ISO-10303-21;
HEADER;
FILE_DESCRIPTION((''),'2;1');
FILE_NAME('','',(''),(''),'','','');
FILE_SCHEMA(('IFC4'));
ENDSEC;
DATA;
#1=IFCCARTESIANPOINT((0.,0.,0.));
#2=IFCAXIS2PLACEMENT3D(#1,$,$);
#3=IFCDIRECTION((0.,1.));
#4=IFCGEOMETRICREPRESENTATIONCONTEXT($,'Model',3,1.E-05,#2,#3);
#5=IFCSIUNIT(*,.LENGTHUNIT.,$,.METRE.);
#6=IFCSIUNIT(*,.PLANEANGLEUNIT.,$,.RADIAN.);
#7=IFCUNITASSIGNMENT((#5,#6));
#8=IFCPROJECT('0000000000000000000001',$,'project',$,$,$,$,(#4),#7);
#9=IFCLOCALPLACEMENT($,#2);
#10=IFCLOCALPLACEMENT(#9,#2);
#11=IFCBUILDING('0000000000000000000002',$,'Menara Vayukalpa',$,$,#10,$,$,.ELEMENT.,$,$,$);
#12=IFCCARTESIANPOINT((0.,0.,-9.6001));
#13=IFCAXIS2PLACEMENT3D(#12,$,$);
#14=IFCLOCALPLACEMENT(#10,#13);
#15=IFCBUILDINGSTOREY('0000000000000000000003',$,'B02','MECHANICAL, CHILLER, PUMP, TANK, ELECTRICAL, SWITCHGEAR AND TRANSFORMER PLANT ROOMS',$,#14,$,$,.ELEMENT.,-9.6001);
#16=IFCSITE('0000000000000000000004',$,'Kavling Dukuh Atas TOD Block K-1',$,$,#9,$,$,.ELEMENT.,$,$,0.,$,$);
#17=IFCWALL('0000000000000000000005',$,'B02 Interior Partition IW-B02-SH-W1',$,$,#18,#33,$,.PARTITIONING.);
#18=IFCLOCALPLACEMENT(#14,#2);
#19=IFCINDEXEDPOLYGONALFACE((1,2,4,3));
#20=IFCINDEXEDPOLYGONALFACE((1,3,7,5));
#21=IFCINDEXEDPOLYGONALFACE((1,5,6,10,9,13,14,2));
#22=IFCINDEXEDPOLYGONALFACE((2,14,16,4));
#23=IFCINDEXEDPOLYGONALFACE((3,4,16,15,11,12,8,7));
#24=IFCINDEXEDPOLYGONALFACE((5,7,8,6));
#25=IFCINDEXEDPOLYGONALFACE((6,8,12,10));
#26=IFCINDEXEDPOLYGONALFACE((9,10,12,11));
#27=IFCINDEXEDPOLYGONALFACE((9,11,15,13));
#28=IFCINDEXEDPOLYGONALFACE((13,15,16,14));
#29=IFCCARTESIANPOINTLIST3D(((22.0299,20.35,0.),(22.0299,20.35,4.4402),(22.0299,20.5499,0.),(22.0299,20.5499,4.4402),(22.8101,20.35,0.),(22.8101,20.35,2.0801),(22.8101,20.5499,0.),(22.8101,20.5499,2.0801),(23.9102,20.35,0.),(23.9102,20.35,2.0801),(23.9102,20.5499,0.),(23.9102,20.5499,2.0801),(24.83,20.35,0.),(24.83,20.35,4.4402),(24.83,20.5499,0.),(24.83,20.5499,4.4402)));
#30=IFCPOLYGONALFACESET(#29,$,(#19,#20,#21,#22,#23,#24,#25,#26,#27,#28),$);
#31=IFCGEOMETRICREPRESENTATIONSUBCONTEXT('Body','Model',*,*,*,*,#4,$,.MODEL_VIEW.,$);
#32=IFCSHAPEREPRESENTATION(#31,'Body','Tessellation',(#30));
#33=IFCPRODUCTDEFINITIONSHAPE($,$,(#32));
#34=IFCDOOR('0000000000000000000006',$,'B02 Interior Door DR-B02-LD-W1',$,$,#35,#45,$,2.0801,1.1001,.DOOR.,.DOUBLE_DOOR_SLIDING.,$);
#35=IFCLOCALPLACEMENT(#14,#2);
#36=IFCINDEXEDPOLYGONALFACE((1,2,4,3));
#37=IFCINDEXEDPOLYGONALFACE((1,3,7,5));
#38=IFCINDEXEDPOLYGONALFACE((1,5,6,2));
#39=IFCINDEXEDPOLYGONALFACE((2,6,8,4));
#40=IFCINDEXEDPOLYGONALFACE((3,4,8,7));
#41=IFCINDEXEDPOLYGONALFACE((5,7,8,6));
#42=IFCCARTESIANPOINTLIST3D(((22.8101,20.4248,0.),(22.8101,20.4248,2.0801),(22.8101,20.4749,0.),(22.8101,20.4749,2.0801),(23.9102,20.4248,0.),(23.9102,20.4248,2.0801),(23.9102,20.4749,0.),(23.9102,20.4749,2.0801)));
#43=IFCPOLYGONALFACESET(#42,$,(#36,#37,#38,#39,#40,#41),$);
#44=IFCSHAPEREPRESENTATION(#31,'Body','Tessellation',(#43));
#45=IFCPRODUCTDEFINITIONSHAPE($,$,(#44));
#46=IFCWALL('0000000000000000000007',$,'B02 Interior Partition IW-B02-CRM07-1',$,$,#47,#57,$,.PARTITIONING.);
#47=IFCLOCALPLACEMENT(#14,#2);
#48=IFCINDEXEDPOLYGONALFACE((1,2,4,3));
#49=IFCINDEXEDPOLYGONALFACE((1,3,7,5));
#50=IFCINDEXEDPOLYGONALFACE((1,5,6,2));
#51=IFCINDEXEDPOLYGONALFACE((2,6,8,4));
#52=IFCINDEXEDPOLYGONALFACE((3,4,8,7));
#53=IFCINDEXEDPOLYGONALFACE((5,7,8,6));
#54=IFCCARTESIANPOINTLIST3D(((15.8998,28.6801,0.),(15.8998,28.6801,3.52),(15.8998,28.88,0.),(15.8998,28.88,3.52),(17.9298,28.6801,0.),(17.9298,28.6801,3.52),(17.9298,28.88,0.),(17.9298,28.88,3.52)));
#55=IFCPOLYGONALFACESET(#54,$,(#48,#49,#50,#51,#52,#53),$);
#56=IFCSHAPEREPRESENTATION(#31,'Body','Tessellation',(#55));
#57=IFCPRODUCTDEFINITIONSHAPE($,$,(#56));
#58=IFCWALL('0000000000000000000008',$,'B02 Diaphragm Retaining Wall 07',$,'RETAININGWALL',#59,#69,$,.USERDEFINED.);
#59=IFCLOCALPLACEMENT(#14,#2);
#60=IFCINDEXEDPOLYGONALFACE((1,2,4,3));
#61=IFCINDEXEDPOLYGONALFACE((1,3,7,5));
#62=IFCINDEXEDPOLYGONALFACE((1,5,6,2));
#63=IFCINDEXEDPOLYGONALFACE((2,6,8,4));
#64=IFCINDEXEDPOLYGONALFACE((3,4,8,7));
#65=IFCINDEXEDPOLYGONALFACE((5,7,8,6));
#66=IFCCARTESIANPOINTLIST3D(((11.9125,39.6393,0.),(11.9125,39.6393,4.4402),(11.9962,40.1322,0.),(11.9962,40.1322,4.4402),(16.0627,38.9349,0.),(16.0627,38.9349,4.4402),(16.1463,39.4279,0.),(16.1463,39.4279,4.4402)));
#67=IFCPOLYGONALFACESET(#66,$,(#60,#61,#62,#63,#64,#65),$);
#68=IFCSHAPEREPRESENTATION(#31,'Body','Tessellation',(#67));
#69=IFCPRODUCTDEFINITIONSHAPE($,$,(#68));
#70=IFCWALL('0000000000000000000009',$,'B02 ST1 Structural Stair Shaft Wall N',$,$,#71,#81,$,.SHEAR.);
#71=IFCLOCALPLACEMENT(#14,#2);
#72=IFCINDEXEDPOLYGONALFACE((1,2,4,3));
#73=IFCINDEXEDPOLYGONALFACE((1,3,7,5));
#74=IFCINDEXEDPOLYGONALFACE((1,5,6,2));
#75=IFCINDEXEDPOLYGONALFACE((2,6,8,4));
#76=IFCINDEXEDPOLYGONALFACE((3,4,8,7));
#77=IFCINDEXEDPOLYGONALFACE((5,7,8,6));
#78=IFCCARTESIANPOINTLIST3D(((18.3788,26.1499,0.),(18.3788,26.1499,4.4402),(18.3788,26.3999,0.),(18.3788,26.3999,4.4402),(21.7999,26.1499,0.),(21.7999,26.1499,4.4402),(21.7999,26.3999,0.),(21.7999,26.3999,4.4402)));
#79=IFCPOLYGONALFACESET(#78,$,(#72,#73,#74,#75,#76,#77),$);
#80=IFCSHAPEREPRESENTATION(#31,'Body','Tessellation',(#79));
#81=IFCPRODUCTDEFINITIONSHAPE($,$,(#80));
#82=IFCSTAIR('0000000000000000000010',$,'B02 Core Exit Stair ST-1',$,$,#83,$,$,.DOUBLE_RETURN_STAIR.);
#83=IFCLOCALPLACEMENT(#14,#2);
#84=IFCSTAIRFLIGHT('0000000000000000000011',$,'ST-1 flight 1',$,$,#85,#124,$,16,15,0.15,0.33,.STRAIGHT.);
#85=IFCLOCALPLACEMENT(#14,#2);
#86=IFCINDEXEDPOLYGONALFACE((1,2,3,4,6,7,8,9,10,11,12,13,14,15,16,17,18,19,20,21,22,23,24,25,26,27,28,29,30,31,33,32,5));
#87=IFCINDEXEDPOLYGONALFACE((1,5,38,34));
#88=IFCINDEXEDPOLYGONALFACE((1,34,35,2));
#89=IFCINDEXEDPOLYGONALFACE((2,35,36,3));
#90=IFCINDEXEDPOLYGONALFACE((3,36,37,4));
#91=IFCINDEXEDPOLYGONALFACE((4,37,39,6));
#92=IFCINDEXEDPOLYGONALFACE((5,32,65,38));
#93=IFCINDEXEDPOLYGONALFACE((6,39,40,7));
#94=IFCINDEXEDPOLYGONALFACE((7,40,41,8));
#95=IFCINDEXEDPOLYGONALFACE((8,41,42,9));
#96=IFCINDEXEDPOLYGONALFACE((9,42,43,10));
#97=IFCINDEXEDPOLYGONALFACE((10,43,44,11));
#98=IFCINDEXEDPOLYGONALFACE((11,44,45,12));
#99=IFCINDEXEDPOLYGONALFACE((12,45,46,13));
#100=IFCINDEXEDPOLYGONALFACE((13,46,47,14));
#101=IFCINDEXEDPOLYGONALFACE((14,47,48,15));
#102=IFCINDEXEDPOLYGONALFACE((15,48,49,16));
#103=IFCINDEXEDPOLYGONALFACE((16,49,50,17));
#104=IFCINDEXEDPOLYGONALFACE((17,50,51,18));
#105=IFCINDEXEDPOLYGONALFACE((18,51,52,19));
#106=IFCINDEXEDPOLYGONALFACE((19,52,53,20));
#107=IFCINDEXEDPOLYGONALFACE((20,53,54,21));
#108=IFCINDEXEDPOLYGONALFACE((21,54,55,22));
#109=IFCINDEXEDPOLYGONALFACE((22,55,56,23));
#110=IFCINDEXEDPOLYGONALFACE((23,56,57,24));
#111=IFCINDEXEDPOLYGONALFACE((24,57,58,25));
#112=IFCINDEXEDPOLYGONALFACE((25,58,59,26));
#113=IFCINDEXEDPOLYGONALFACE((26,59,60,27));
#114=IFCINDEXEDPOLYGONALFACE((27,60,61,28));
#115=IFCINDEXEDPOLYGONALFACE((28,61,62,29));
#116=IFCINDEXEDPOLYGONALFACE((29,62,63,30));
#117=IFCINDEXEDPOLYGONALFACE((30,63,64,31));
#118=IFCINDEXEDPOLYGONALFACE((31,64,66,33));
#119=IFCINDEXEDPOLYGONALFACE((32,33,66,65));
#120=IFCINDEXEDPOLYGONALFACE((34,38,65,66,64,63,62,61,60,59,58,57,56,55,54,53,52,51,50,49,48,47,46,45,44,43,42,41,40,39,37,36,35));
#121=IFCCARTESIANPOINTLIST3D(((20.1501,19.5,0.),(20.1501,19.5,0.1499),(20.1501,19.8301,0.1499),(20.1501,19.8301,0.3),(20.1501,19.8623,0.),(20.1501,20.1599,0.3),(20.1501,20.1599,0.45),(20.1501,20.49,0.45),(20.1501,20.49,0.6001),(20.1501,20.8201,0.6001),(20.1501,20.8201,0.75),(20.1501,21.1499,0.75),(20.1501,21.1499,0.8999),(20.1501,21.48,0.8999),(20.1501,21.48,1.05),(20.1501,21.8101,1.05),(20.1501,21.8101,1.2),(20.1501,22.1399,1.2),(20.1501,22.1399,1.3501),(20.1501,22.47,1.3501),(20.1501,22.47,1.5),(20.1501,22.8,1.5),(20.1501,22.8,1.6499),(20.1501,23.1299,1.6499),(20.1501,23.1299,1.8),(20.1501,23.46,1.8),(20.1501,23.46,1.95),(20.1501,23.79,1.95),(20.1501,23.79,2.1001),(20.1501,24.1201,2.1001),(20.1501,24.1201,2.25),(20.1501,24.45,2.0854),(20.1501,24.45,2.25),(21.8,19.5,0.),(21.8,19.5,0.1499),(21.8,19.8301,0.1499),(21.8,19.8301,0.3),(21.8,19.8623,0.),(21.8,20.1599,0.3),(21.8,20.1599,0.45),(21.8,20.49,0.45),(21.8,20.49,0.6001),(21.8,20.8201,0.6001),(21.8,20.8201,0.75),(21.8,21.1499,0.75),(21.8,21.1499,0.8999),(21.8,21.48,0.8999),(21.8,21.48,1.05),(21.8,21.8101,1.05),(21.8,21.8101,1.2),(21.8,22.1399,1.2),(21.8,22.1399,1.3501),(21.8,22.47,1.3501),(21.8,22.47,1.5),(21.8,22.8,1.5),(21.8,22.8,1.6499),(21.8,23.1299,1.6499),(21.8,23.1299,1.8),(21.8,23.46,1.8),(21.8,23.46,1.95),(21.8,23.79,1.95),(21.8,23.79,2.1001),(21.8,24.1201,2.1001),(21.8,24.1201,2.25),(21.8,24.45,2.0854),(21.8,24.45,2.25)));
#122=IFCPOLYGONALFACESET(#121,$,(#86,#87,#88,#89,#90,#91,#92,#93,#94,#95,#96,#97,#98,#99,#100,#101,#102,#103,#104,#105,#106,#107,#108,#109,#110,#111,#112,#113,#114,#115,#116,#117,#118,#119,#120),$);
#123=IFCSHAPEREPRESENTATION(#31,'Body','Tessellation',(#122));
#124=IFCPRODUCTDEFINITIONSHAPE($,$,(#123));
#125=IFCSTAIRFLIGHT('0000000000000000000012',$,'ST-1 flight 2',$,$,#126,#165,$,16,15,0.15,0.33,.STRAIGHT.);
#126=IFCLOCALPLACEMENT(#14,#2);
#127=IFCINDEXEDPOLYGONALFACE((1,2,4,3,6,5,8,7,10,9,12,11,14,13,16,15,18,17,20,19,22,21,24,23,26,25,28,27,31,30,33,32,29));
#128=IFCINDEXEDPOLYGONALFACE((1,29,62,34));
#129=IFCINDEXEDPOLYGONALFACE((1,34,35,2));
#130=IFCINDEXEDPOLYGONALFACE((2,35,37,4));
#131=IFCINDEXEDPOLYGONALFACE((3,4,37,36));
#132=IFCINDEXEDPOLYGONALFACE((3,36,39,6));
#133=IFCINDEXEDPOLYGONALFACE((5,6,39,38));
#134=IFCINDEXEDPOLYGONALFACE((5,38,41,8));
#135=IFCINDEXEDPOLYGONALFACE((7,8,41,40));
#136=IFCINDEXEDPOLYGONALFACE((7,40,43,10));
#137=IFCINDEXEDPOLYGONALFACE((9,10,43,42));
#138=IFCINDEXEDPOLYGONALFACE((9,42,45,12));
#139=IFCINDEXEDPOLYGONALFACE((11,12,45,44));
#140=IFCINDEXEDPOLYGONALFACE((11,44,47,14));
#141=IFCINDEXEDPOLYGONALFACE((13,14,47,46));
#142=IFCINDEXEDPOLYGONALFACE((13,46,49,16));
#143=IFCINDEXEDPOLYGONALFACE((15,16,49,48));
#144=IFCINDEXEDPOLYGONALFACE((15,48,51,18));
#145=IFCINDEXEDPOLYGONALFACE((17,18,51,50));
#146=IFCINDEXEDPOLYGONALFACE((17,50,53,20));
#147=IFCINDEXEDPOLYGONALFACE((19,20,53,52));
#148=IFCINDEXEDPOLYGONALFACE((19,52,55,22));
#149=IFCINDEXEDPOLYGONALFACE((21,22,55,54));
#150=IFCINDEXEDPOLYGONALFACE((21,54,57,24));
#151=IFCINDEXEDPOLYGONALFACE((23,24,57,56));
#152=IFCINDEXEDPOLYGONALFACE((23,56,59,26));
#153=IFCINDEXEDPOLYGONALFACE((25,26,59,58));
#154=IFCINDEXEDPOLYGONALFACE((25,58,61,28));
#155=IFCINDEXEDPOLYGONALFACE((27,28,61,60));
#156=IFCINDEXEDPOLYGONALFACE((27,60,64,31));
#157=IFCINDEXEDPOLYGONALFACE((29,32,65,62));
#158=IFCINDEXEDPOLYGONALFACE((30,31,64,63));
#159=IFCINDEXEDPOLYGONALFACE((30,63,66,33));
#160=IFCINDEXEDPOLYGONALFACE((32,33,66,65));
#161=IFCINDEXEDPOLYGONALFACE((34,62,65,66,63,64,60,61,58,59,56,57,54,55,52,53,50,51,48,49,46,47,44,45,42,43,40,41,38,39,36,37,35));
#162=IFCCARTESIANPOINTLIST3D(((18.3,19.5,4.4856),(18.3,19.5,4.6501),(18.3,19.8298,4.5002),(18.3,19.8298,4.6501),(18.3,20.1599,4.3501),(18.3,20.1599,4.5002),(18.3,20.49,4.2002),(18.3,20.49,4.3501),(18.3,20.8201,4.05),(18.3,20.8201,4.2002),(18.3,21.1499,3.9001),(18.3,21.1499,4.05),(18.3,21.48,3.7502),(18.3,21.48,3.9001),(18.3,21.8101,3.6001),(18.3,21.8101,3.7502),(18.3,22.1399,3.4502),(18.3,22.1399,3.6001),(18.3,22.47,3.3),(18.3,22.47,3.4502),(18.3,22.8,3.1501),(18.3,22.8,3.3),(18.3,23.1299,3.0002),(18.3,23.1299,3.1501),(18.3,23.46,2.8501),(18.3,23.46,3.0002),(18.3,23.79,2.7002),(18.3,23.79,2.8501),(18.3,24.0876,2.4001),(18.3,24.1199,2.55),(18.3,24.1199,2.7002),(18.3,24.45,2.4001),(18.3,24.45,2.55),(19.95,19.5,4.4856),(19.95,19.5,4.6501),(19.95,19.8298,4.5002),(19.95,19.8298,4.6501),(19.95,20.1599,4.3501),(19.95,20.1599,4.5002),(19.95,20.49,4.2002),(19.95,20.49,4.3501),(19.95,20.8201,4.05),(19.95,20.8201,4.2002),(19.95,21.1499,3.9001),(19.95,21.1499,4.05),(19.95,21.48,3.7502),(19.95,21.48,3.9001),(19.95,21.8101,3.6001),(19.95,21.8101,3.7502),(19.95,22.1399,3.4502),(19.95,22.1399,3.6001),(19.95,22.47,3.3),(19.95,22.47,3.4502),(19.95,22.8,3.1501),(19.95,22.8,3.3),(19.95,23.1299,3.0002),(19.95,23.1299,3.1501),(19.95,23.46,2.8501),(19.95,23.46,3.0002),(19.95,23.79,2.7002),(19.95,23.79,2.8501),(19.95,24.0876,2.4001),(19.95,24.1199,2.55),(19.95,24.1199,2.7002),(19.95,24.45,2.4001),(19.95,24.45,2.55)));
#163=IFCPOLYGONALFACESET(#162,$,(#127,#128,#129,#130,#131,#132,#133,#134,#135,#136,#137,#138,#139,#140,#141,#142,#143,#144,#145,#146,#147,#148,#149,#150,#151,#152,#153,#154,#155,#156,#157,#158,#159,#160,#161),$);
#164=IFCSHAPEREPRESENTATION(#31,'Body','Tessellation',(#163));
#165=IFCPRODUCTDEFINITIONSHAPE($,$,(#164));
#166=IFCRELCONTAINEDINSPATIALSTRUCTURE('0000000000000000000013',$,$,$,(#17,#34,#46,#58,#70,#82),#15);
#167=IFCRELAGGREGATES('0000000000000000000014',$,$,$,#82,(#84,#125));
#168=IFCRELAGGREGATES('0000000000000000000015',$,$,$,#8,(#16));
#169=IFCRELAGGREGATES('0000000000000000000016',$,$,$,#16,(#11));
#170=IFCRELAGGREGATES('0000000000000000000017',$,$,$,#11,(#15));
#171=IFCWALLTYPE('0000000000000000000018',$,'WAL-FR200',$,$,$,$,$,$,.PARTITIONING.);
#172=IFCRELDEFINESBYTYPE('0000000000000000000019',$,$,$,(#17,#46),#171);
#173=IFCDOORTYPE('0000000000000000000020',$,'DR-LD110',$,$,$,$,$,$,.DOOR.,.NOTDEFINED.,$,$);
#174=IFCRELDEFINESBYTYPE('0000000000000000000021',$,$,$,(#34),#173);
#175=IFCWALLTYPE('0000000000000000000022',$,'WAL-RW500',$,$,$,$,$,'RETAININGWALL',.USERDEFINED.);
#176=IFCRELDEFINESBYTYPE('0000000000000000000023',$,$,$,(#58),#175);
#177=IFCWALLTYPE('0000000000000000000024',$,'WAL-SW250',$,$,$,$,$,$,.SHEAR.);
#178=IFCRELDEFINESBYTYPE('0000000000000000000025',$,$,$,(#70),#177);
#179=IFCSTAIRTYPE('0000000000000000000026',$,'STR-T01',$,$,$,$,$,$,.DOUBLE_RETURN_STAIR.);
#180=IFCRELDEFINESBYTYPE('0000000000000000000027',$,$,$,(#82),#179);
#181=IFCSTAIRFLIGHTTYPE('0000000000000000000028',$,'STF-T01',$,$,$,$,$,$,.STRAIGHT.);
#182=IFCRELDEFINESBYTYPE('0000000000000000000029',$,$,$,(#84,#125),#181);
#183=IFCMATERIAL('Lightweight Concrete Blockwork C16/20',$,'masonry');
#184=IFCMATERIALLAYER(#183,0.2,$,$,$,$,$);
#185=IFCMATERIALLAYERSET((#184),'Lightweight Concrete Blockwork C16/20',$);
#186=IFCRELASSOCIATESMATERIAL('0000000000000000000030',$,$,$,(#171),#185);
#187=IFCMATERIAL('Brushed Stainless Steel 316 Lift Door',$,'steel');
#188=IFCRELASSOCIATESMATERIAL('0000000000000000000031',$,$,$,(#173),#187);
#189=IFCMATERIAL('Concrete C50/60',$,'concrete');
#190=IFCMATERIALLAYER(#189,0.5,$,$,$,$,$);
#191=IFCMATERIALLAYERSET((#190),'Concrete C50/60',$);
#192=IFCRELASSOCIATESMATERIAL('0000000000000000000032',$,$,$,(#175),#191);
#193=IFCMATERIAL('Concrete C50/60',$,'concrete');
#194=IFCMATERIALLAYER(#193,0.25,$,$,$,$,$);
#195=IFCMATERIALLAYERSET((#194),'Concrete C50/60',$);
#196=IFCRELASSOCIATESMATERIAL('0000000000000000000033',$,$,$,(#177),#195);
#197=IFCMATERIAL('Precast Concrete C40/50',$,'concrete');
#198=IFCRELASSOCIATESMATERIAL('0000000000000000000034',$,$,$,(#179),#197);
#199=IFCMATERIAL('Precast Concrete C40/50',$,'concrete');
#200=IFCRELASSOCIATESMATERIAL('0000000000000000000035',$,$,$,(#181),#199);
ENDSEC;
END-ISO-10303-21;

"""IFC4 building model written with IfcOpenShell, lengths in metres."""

from ifc_helpers import new_model, si_unit, direction, frame, frame_2d, origin, place, context, subcontext, project, spatial, polyline, rectangle, outline, extrude, material, layer, layer_set, type_object, element, fill, aggregate, save


model = new_model("IFC4")

# Units and contexts
model_context = context("Model", 3, precision=1e-05, world=origin(), true_north=direction((0.0, 1.0)))
body_context = subcontext(model_context, "Body", "Model", "MODEL_VIEW")
ifc_project = project(units=[si_unit("LENGTHUNIT", "METRE"), si_unit("PLANEANGLEUNIT", "RADIAN")], contexts=[model_context])

# Site, building, storey
site_placement = place(None, origin())
site = spatial("IfcSite", under=ifc_project, at=site_placement, Name="Kavling Dukuh Atas TOD Block K-1", CompositionType="ELEMENT", RefElevation=0.0)
building_placement = place(site_placement, origin())
building = spatial("IfcBuilding", under=site, at=building_placement, Name="Menara Vayukalpa", CompositionType="ELEMENT")
storey_placement = place(building_placement, frame((0.0, 0.0, -9.6001)))
storey = spatial("IfcBuildingStorey", under=building, at=storey_placement, Name="B02", Description="MECHANICAL, CHILLER, PUMP, TANK, ELECTRICAL, SWITCHGEAR AND TRANSFORMER PLANT ROOMS", CompositionType="ELEMENT", Elevation=-9.6001)

# Wall, opening, door
ifc_material_1 = material(Name="Lightweight Concrete Blockwork C16/20", Category="masonry")
ifc_layer_1 = layer(ifc_material_1, 0.2)
ifc_layer_set_1 = layer_set([ifc_layer_1], Name="Lightweight Concrete Blockwork C16/20")
wall_type_1 = type_object("IfcWallType", Name="WAL-FR200", PredefinedType="PARTITIONING", material=ifc_layer_set_1)
wall_1_placement = place(storey_placement, frame((22.03, 20.45, 0.0), z_axis=(0.0, 0.0, 1.0), x_axis=(1.0, 0.0, 0.0)))
wall_1 = element("IfcWall", 1, at=wall_1_placement, inside=storey, type_object=wall_type_1, Name="B02 Interior Partition IW-B02-SH-W1", PredefinedType="PARTITIONING", context=body_context, shape_type="SweptSolid", body=[
    extrude(rectangle(XDim=2.8, YDim=0.2, at=frame_2d((1.3999, 0.0))), origin(), (0.0, 0.0, 1.0), 4.4402),
])
opening_placement = place(wall_1_placement, frame((0.78, 0.0, 0.0)))
opening = element("IfcOpeningElement", 2, at=opening_placement, cuts=wall_1, PredefinedType="OPENING", context=body_context, shape_type="SweptSolid", body=[
    extrude(rectangle(XDim=1.1001, YDim=2.0801, at=frame_2d((0.55, 1.04))), frame((0.0, 0.1099, 0.0), z_axis=(0.0, -1.0, 0.0), x_axis=(1.0, 0.0, 0.0)), (0.0, 0.0, 1.0), 0.22),
])
ifc_material_2 = material(Name="Brushed Stainless Steel 316 Lift Door", Category="steel")
door_type = type_object("IfcDoorType", Name="DR-LD110", OperationType="NOTDEFINED", PredefinedType="DOOR", material=ifc_material_2)
door_placement = place(opening_placement, origin())
door = element("IfcDoor", 3, at=door_placement, inside=storey, type_object=door_type, Name="B02 Interior Door DR-B02-LD-W1", OperationType="DOUBLE_DOOR_SLIDING", OverallHeight=2.0801, OverallWidth=1.1001, PredefinedType="DOOR", context=body_context, shape_type="SweptSolid", body=[
    extrude(rectangle(XDim=1.1001, YDim=2.0801, at=frame_2d((0.55, 1.04))), frame((0.0, 0.0249, 0.0), z_axis=(0.0, -1.0, 0.0), x_axis=(1.0, 0.0, 0.0)), (0.0, 0.0, 1.0), 0.05),
])
fill(opening, door)

# Walls
wall_2_placement = place(storey_placement, frame((17.9299, 28.78, 0.0), z_axis=(0.0, 0.0, 1.0), x_axis=(-1.0, 0.0, 0.0)))
element("IfcWall", 4, at=wall_2_placement, inside=storey, type_object=wall_type_1, Name="B02 Interior Partition IW-B02-CRM07-1", PredefinedType="PARTITIONING", context=body_context, shape_type="SweptSolid", body=[
    extrude(rectangle(XDim=2.03, YDim=0.2, at=frame_2d((1.0151, 0.0))), origin(), (0.0, 0.0, 1.0), 3.52),
])
ifc_material_3 = material(Name="Concrete C50/60", Category="concrete")
ifc_layer_2 = layer(ifc_material_3, 0.5)
ifc_layer_set_2 = layer_set([ifc_layer_2], Name="Concrete C50/60")
wall_type_2 = type_object("IfcWallType", Name="WAL-RW500", ElementType="RETAININGWALL", PredefinedType="USERDEFINED", material=ifc_layer_set_2)
wall_3_placement = place(storey_placement, frame((16.1045, 39.1814, 0.0), z_axis=(0.0, 0.0, 1.0), x_axis=(-0.985902, 0.167323, 0.0)))
element("IfcWall", 5, at=wall_3_placement, inside=storey, type_object=wall_type_2, Name="B02 Diaphragm Retaining Wall 07", ObjectType="RETAININGWALL", PredefinedType="USERDEFINED", context=body_context, shape_type="SweptSolid", body=[
    extrude(rectangle(XDim=4.2095, YDim=0.5, at=frame_2d((2.1047, 0.0))), origin(), (0.0, 0.0, 1.0), 4.4402),
])
ifc_material_4 = material(Name="Concrete C50/60", Category="concrete")
ifc_layer_3 = layer(ifc_material_4, 0.25)
ifc_layer_set_3 = layer_set([ifc_layer_3], Name="Concrete C50/60")
wall_type_3 = type_object("IfcWallType", Name="WAL-SW250", PredefinedType="SHEAR", material=ifc_layer_set_3)
wall_4_placement = place(storey_placement, frame((18.3789, 26.2749, 0.0), z_axis=(0.0, 0.0, 1.0), x_axis=(1.0, 0.0, 0.0)))
element("IfcWall", 6, at=wall_4_placement, inside=storey, type_object=wall_type_3, Name="B02 ST1 Structural Stair Shaft Wall N", PredefinedType="SHEAR", context=body_context, shape_type="SweptSolid", body=[
    extrude(rectangle(XDim=3.4211, YDim=0.25, at=frame_2d((1.7104, 0.0))), origin(), (0.0, 0.0, 1.0), 4.4402),
])

# Stair, stair flights
ifc_material_5 = material(Name="Precast Concrete C40/50", Category="concrete")
stair_type = type_object("IfcStairType", Name="STR-T01", PredefinedType="DOUBLE_RETURN_STAIR", material=ifc_material_5)
stair_placement = place(storey_placement, origin())
stair = element("IfcStair", 7, at=stair_placement, inside=storey, type_object=stair_type, Name="B02 Core Exit Stair ST-1", PredefinedType="DOUBLE_RETURN_STAIR")
ifc_material_6 = material(Name="Precast Concrete C40/50", Category="concrete")
stair_flight_type = type_object("IfcStairFlightType", Name="STF-T01", PredefinedType="STRAIGHT", material=ifc_material_6)
stair_flight_1_placement = place(storey_placement, frame((20.9751, 19.5, 0.0), z_axis=(0.0, 0.0, 1.0), x_axis=(0.0, 1.0, 0.0)))
stair_flight_1 = element("IfcStairFlight", 8, at=stair_flight_1_placement, type_object=stair_flight_type, Name="ST-1 flight 1", NumberOfRisers=16, NumberOfTreads=15, PredefinedType="STRAIGHT", RiserHeight=0.15, TreadLength=0.33, context=body_context, shape_type="SweptSolid", body=[
    extrude(outline(polyline([(0.0, 0.0), (0.0, 0.1499), (0.3301, 0.1499), (0.3301, 0.3), (0.6599, 0.3), (0.6599, 0.45), (0.99, 0.45), (0.99, 0.6001), (1.3201, 0.6001), (1.3201, 0.75), (1.6499, 0.75), (1.6499, 0.8999), (1.98, 0.8999), (1.98, 1.05), (2.3101, 1.05), (2.3101, 1.2), (2.6399, 1.2), (2.6399, 1.3501), (2.97, 1.3501), (2.97, 1.5), (3.3, 1.5), (3.3, 1.6499), (3.6299, 1.6499), (3.6299, 1.8), (3.96, 1.8), (3.96, 1.95), (4.29, 1.95), (4.29, 2.1001), (4.6201, 2.1001), (4.6201, 2.25), (4.95, 2.25), (4.95, 2.3999), (4.95, 2.0854), (0.3623, 0.0), (0.0, 0.0)])), frame((0.0, 0.825, 0.0), z_axis=(0.0, -1.0, 0.0), x_axis=(1.0, 0.0, 0.0)), (0.0, 0.0, 1.0), 1.6499),
])
stair_flight_2_placement = place(storey_placement, frame((19.125, 24.45, 2.4001), z_axis=(0.0, 0.0, 1.0), x_axis=(0.0, -1.0, 0.0)))
stair_flight_2 = element("IfcStairFlight", 9, at=stair_flight_2_placement, type_object=stair_flight_type, Name="ST-1 flight 2", NumberOfRisers=16, NumberOfTreads=15, PredefinedType="STRAIGHT", RiserHeight=0.15, TreadLength=0.33, context=body_context, shape_type="SweptSolid", body=[
    extrude(outline(polyline([(0.0, 0.0), (0.0, 0.1499), (0.3301, 0.1499), (0.3301, 0.3), (0.6599, 0.3), (0.6599, 0.45), (0.99, 0.45), (0.99, 0.6001), (1.3201, 0.6001), (1.3201, 0.75), (1.6499, 0.75), (1.6499, 0.8999), (1.98, 0.8999), (1.98, 1.05), (2.3101, 1.05), (2.3101, 1.2), (2.6399, 1.2), (2.6399, 1.3501), (2.97, 1.3501), (2.97, 1.5), (3.3, 1.5), (3.3, 1.6499), (3.6299, 1.6499), (3.6299, 1.8), (3.96, 1.8), (3.96, 1.95), (4.29, 1.95), (4.29, 2.1001), (4.6201, 2.1001), (4.6201, 2.25), (4.95, 2.25), (4.95, 2.3999), (4.95, 2.0854), (0.3623, 0.0), (0.0, 0.0)])), frame((0.0, 0.825, 0.0), z_axis=(0.0, -1.0, 0.0), x_axis=(1.0, 0.0, 0.0)), (0.0, 0.0, 1.0), 1.6499),
])
aggregate(stair, [stair_flight_1, stair_flight_2])

save(model, "model.ifc")
